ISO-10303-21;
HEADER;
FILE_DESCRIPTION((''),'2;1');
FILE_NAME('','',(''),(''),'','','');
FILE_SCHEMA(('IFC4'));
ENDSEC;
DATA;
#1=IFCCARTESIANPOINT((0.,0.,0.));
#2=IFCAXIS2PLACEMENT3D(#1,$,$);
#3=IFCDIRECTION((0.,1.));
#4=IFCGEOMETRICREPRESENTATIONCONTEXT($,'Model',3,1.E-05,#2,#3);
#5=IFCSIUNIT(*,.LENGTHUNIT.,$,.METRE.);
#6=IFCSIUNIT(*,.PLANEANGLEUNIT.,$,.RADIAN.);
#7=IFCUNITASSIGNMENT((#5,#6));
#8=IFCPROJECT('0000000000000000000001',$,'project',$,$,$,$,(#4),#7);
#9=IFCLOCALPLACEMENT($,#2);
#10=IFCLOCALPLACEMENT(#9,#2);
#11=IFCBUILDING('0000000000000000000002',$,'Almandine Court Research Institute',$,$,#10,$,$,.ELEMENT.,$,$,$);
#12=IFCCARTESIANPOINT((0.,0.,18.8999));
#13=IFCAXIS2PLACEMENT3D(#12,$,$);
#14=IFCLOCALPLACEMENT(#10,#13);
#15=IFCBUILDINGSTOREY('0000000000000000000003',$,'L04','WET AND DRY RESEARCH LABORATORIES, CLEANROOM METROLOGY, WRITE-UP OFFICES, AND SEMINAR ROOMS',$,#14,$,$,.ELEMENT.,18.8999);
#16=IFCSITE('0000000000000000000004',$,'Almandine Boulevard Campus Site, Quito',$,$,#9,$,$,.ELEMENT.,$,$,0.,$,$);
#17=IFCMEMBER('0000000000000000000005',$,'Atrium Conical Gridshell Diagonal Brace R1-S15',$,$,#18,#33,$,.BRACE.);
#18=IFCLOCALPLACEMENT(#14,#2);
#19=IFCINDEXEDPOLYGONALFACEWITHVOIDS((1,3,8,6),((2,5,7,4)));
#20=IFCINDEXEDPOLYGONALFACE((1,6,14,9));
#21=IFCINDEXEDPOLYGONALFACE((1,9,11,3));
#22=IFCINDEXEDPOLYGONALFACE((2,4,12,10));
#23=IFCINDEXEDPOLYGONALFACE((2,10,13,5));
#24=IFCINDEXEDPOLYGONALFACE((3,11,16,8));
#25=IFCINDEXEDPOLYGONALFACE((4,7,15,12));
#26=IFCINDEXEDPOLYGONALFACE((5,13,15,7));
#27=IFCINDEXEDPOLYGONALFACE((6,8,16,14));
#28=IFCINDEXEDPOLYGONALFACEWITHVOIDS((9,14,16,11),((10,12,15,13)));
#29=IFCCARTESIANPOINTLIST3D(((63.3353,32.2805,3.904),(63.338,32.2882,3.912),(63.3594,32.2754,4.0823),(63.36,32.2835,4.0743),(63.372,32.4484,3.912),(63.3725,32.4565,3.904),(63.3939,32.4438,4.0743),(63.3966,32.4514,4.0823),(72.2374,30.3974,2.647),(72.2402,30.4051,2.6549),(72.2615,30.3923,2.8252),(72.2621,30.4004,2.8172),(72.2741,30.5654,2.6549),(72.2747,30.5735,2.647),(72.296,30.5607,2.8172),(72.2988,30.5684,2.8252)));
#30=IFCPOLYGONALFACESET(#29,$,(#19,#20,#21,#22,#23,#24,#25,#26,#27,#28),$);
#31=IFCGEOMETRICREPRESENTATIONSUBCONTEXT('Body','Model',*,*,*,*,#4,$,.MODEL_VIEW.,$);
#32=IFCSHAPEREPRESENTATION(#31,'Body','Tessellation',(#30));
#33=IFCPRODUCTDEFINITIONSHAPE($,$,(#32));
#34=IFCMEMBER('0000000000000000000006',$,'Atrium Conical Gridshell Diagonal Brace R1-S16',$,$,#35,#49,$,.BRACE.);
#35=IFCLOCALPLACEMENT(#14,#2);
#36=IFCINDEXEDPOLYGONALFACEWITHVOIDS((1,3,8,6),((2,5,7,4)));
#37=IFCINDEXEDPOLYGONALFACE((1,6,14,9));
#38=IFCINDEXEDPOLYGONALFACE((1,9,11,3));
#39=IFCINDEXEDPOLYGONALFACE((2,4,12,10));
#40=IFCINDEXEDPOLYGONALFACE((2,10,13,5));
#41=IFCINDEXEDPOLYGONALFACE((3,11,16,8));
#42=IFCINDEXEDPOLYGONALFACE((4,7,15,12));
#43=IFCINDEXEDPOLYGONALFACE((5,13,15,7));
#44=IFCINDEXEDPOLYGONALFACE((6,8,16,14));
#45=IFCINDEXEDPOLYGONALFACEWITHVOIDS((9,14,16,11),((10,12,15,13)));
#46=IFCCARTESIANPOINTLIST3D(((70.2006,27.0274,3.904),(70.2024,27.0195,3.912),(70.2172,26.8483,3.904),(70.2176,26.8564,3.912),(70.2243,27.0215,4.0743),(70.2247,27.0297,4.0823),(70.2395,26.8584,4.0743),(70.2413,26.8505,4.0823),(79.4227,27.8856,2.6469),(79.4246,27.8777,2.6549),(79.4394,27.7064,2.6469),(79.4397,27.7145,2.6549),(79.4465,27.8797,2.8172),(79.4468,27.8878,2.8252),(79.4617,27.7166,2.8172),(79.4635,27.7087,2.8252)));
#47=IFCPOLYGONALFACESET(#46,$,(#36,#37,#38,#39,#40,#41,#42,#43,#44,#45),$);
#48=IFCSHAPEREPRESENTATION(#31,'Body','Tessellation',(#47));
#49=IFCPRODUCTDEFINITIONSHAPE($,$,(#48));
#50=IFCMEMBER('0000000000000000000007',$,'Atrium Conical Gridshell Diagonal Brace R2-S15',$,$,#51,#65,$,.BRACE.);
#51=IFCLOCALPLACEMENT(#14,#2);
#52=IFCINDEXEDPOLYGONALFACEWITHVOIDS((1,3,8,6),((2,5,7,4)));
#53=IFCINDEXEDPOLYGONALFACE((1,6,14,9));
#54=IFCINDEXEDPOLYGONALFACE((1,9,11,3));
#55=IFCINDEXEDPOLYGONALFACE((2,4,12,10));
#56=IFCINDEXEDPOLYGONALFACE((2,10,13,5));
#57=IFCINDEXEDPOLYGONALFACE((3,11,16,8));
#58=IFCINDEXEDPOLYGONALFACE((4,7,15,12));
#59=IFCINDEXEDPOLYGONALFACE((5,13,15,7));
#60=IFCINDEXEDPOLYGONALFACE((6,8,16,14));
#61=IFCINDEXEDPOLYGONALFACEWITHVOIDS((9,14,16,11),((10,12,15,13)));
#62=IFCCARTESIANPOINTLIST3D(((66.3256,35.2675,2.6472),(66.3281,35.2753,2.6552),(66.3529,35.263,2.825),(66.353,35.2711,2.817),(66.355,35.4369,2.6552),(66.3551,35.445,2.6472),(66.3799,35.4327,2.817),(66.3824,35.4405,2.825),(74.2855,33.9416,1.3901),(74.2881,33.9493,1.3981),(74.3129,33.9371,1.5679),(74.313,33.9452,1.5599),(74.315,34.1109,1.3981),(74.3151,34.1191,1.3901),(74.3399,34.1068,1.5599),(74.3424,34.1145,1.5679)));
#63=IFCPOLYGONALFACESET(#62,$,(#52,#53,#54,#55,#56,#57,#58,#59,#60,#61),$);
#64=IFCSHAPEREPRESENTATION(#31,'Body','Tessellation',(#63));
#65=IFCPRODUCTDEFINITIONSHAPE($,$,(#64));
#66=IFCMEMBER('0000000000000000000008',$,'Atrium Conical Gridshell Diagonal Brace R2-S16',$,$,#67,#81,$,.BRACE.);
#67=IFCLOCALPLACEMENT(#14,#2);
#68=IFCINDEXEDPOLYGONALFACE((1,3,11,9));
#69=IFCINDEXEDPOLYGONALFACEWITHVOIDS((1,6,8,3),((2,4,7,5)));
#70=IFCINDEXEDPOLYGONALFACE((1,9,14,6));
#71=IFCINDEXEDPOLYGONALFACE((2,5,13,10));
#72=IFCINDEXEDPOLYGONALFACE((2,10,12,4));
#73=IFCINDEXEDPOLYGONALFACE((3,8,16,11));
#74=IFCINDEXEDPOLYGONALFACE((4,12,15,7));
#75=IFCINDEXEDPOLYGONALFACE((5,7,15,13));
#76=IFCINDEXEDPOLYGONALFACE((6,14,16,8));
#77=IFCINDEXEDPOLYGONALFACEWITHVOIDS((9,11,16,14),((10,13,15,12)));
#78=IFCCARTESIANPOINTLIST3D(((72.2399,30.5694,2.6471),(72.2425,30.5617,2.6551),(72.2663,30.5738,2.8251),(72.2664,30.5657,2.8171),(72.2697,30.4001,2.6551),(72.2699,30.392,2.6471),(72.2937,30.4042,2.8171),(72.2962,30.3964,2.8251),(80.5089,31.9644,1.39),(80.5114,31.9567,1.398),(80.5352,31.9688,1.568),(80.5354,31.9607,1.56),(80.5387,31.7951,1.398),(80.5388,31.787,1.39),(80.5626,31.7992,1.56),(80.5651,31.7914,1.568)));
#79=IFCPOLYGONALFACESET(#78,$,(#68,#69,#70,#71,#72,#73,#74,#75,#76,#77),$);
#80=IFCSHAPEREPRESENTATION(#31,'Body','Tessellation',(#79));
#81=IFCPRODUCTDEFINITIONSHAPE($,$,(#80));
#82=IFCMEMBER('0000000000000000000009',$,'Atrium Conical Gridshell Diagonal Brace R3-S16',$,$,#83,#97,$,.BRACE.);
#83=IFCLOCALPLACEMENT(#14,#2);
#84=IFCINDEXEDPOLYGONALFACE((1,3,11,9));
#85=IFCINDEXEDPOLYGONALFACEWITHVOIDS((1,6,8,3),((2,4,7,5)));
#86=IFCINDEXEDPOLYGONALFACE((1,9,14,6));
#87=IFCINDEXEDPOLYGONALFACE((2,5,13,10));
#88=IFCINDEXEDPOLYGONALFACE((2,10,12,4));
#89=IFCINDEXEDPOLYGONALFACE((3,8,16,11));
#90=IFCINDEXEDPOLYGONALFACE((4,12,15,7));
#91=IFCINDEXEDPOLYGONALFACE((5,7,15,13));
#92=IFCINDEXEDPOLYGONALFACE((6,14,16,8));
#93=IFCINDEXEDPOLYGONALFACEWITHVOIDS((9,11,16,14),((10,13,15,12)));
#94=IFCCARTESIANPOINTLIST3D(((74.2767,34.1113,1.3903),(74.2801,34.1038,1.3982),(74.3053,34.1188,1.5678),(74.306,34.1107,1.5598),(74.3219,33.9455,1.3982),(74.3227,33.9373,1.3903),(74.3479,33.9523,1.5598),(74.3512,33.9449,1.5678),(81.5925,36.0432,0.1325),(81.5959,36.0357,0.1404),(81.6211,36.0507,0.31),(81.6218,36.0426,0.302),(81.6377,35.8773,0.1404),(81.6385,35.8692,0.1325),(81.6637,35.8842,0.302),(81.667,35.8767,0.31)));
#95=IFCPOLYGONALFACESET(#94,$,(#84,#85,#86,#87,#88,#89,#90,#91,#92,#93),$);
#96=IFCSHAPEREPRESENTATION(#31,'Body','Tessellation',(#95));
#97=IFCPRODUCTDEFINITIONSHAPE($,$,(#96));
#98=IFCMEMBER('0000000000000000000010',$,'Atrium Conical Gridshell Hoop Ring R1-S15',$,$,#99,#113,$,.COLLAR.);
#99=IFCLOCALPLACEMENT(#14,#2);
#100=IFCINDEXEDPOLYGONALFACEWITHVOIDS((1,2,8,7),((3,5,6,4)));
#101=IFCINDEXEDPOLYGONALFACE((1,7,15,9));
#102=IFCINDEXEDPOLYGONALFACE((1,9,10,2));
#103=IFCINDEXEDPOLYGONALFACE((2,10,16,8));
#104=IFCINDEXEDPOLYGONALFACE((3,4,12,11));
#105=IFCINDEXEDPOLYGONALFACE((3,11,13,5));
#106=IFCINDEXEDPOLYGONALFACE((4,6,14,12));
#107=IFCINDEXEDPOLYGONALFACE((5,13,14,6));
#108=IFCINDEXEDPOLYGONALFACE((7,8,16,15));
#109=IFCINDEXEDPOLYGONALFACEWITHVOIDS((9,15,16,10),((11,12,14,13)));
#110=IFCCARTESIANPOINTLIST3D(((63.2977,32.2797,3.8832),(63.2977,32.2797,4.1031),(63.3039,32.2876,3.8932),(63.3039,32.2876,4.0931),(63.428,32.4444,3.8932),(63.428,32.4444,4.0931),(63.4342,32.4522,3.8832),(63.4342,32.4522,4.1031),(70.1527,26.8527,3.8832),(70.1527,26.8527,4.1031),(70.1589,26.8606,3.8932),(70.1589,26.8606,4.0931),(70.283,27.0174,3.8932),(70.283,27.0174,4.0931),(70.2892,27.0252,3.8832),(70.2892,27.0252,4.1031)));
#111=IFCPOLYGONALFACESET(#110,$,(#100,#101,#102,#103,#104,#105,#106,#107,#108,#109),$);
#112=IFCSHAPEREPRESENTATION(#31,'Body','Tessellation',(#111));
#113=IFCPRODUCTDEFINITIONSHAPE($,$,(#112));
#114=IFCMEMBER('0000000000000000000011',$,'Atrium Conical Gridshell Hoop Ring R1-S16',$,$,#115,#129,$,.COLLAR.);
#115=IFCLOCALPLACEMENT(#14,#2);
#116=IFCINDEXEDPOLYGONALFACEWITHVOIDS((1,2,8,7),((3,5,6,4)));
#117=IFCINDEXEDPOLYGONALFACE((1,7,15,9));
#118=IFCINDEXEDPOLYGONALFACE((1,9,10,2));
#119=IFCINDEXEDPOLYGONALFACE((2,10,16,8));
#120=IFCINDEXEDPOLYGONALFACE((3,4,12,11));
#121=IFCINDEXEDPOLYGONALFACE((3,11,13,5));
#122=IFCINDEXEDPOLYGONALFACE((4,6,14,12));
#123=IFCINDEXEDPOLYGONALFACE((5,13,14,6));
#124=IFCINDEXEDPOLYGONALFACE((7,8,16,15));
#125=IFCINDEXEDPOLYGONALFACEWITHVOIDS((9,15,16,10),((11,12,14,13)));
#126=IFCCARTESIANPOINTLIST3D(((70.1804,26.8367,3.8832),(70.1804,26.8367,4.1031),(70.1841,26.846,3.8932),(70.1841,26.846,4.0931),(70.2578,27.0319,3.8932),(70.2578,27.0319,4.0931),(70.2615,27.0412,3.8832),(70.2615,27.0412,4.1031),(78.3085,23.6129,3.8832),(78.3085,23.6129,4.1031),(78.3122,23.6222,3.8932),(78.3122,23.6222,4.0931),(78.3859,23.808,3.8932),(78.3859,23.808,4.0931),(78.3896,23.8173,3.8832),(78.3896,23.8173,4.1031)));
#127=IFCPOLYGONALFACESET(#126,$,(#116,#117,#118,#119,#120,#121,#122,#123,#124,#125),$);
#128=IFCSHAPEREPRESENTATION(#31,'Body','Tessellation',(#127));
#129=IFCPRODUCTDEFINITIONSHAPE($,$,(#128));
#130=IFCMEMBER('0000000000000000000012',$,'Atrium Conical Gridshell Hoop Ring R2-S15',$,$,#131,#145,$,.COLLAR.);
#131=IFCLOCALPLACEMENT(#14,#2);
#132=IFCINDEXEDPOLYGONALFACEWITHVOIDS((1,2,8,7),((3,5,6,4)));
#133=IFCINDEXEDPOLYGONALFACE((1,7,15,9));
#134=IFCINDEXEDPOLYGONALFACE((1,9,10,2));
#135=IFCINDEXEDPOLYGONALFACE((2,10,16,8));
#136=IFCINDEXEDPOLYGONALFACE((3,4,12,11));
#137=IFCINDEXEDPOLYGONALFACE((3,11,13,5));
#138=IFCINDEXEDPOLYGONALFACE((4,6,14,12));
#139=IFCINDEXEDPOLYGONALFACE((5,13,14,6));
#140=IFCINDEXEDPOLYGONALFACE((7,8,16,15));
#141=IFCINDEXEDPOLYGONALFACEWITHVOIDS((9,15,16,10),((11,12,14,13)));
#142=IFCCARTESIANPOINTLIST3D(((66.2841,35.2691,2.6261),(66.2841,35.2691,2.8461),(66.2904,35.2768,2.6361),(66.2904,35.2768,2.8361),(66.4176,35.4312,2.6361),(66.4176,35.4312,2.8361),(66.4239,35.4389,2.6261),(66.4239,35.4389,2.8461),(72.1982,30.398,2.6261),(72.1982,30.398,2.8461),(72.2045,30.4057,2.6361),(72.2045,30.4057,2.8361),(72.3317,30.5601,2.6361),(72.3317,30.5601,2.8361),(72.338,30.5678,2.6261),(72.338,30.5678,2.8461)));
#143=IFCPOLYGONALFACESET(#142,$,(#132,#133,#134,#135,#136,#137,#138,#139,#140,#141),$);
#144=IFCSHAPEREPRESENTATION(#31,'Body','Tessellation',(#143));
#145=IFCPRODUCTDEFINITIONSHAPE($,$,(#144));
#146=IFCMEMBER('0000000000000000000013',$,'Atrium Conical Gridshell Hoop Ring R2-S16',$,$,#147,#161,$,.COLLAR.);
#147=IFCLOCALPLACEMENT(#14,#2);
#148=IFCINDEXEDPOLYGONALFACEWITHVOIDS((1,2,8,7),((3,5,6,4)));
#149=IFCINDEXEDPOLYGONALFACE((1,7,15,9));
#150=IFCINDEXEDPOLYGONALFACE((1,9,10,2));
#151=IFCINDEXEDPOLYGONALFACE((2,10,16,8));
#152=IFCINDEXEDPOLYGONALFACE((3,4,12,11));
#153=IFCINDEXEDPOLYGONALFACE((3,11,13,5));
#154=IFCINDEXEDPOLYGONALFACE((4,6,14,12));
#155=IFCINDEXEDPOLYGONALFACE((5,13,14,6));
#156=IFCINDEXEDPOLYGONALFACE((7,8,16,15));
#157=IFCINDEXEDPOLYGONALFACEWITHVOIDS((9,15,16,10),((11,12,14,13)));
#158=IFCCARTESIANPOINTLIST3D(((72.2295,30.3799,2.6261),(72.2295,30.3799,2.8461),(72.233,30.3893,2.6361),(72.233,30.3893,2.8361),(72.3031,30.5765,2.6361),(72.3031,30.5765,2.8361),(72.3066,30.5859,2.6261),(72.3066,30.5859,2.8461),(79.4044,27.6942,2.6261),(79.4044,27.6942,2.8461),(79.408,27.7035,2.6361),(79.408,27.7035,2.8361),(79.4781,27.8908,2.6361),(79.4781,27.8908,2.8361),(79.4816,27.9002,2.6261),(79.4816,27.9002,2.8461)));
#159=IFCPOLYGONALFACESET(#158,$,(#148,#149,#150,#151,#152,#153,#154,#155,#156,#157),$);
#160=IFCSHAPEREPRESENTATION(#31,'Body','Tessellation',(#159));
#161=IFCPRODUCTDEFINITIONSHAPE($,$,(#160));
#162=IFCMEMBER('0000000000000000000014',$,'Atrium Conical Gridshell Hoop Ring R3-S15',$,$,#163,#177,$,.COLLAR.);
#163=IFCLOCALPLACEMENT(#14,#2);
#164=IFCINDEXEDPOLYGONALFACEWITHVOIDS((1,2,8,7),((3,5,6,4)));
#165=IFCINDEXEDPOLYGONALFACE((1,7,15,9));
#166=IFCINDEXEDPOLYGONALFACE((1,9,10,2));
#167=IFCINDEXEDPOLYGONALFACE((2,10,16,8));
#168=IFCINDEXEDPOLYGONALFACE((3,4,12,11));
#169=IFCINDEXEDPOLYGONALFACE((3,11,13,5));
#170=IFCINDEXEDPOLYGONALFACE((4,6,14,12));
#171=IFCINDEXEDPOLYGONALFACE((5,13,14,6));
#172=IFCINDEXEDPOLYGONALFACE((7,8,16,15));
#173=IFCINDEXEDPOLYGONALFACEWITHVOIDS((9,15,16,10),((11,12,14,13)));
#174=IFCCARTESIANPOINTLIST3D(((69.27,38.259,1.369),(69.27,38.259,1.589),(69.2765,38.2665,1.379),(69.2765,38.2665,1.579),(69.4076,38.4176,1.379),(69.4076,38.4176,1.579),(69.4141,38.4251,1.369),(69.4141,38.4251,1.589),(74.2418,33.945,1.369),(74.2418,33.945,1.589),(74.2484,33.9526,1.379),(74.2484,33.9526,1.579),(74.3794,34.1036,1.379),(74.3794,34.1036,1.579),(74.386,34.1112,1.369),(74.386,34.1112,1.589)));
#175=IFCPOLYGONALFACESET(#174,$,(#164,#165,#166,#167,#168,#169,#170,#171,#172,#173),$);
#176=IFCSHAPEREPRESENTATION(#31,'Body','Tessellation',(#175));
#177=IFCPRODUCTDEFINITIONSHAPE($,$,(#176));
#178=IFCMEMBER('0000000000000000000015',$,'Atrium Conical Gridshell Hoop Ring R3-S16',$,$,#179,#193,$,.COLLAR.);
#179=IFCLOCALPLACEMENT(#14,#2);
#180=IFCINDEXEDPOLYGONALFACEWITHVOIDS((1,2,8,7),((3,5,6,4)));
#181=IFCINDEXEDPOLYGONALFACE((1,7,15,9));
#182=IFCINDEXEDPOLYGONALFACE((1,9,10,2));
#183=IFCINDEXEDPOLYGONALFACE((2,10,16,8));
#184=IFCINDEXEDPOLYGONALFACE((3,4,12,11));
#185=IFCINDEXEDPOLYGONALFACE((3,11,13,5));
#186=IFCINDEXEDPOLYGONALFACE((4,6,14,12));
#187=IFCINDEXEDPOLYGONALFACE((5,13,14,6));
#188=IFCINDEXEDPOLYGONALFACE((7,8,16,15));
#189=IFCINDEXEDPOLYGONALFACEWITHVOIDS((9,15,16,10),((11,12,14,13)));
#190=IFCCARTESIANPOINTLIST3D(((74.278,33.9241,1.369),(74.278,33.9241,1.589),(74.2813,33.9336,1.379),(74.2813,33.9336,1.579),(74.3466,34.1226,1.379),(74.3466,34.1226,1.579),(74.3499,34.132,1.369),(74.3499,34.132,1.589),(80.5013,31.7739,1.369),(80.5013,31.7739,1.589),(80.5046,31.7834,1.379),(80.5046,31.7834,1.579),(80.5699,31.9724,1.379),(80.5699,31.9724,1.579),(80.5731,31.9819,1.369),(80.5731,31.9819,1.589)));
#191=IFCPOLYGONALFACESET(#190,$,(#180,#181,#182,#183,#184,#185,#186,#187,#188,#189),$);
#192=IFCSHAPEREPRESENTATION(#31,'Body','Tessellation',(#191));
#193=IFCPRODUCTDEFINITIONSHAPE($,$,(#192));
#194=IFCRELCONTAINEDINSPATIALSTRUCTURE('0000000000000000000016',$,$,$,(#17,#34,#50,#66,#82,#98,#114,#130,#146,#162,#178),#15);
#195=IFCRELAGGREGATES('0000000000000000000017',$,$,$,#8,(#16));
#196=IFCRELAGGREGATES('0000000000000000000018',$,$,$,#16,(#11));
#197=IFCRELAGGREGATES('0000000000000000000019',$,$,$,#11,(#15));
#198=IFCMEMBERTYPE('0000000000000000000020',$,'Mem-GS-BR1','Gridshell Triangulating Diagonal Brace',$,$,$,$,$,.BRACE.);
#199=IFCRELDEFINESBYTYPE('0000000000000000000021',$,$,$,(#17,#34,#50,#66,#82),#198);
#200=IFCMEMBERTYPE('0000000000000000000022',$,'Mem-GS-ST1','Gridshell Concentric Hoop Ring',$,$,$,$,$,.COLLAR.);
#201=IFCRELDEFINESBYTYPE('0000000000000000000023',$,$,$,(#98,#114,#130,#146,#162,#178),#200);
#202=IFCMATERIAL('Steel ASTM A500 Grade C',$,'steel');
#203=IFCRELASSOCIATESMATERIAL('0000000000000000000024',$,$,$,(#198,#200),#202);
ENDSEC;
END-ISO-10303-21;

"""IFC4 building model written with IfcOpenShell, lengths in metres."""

from ifc_helpers import new_model, si_unit, direction, frame, origin, origin_2d, place, context, subcontext, project, spatial, hollow_rectangle, extrude, material, material_profile, profile_set, type_object, element, save


model = new_model("IFC4")

# Units and contexts
model_context = context("Model", 3, precision=1e-05, world=origin(), true_north=direction((0.0, 1.0)))
body_context = subcontext(model_context, "Body", "Model", "MODEL_VIEW")
ifc_project = project(units=[si_unit("LENGTHUNIT", "METRE"), si_unit("PLANEANGLEUNIT", "RADIAN")], contexts=[model_context])

# Site, building, storey
site_placement = place(None, origin())
site = spatial("IfcSite", under=ifc_project, at=site_placement, Name="Almandine Boulevard Campus Site, Quito", CompositionType="ELEMENT", RefElevation=0.0)
building_placement = place(site_placement, origin())
building = spatial("IfcBuilding", under=site, at=building_placement, Name="Almandine Court Research Institute", CompositionType="ELEMENT")
storey_placement = place(building_placement, frame((0.0, 0.0, 18.8999)))
storey = spatial("IfcBuildingStorey", under=building, at=storey_placement, Name="L04", Description="WET AND DRY RESEARCH LABORATORIES, CLEANROOM METROLOGY, WRITE-UP OFFICES, AND SEMINAR ROOMS", CompositionType="ELEMENT", Elevation=18.8999)

# Shared definitions
ifc_material_1 = material(Name="Steel ASTM A500 Grade C", Category="steel")

# Members
ifc_material_profile_1 = material_profile(ifc_material_1, hollow_rectangle(XDim=0.1799, YDim=0.1799, WallThickness=0.0081, at=origin_2d()), Name="HSS 180x180x8")
ifc_profile_set_1 = profile_set([ifc_material_profile_1], Name="Steel ASTM A500 Grade C")
member_type_1 = type_object("IfcMemberType", Name="Mem-GS-BR1", Description="Gridshell Triangulating Diagonal Brace", PredefinedType="BRACE", material=ifc_profile_set_1)
member_1_placement = place(storey_placement, frame((63.366, 32.366, 3.9932), z_axis=(0.969146, -0.205003, -0.136855), x_axis=(0.20695, 0.978351, 0.0)))
element("IfcMember", 1, at=member_1_placement, inside=storey, type_object=member_type_1, Name="Atrium Conical Gridshell Diagonal Brace R1-S15", PredefinedType="BRACE", context=body_context, shape_type="SweptSolid", body=[
    extrude(hollow_rectangle(XDim=0.1799, YDim=0.1799, WallThickness=0.0081, at=origin_2d()), origin(), (0.0, 0.0, 1.0), 9.1855),
])
member_2_placement = place(storey_placement, frame((70.2209, 26.939, 3.9932), z_axis=(0.986652, 0.091811, -0.134491), x_axis=(-0.092653, 0.995698, 0.0)))
element("IfcMember", 2, at=member_2_placement, inside=storey, type_object=member_type_1, Name="Atrium Conical Gridshell Diagonal Brace R1-S16", PredefinedType="BRACE", context=body_context, shape_type="SweptSolid", body=[
    extrude(hollow_rectangle(XDim=0.1799, YDim=0.1799, WallThickness=0.0081, at=origin_2d()), origin(), (0.0, 0.0, 1.0), 9.3469),
])
member_3_placement = place(storey_placement, frame((66.354, 35.354, 2.7361), z_axis=(0.974654, -0.162353, -0.153923), x_axis=(0.164311, 0.986409, 0.0)))
element("IfcMember", 3, at=member_3_placement, inside=storey, type_object=member_type_1, Name="Atrium Conical Gridshell Diagonal Brace R2-S15", PredefinedType="BRACE", context=body_context, shape_type="SweptSolid", body=[
    extrude(hollow_rectangle(XDim=0.1799, YDim=0.1799, WallThickness=0.0081, at=origin_2d()), origin(), (0.0, 0.0, 1.0), 8.167),
])
member_4_placement = place(storey_placement, frame((72.2681, 30.4829, 2.7361), z_axis=(0.97517, 0.164515, -0.148248), x_axis=(-0.166353, 0.986066, 0.0)))
element("IfcMember", 4, at=member_4_placement, inside=storey, type_object=member_type_1, Name="Atrium Conical Gridshell Diagonal Brace R2-S16", PredefinedType="BRACE", context=body_context, shape_type="SweptSolid", body=[
    extrude(hollow_rectangle(XDim=0.1799, YDim=0.1799, WallThickness=0.0081, at=origin_2d()), origin(), (0.0, 0.0, 1.0), 8.4795),
])
member_5_placement = place(storey_placement, frame((74.314, 34.0281, 1.479), z_axis=(0.95377, 0.251858, -0.16398), x_axis=(-0.255314, 0.966858, 0.0)))
element("IfcMember", 5, at=member_5_placement, inside=storey, type_object=member_type_1, Name="Atrium Conical Gridshell Diagonal Brace R3-S16", PredefinedType="BRACE", context=body_context, shape_type="SweptSolid", body=[
    extrude(hollow_rectangle(XDim=0.1799, YDim=0.1799, WallThickness=0.0081, at=origin_2d()), origin(), (0.0, 0.0, 1.0), 7.6704),
])
ifc_material_profile_2 = material_profile(ifc_material_1, hollow_rectangle(XDim=0.22, YDim=0.22, WallThickness=0.01, at=origin_2d()), Name="HSS 220x220x10")
ifc_profile_set_2 = profile_set([ifc_material_profile_2], Name="Steel ASTM A500 Grade C")
member_type_2 = type_object("IfcMemberType", Name="Mem-GS-ST1", Description="Gridshell Concentric Hoop Ring", PredefinedType="COLLAR", material=ifc_profile_set_2)
member_6_placement = place(storey_placement, frame((63.366, 32.366, 3.9932), z_axis=(0.784038, -0.620713, 0.0), x_axis=(0.620713, 0.784038, 0.0)))
element("IfcMember", 6, at=member_6_placement, inside=storey, type_object=member_type_2, Name="Atrium Conical Gridshell Hoop Ring R1-S15", PredefinedType="COLLAR", context=body_context, shape_type="SweptSolid", body=[
    extrude(hollow_rectangle(XDim=0.22, YDim=0.22, WallThickness=0.01, at=origin_2d()), origin(), (0.0, 0.0, 1.0), 8.7432),
])
member_7_placement = place(storey_placement, frame((70.2209, 26.939, 3.9932), z_axis=(0.929553, -0.368689, 0.0), x_axis=(0.368689, 0.929553, 0.0)))
element("IfcMember", 7, at=member_7_placement, inside=storey, type_object=member_type_2, Name="Atrium Conical Gridshell Hoop Ring R1-S16", PredefinedType="COLLAR", context=body_context, shape_type="SweptSolid", body=[
    extrude(hollow_rectangle(XDim=0.22, YDim=0.22, WallThickness=0.01, at=origin_2d()), origin(), (0.0, 0.0, 1.0), 8.7441),
])
member_8_placement = place(storey_placement, frame((66.354, 35.354, 2.7361), z_axis=(0.771886, -0.635761, 0.0), x_axis=(0.635761, 0.771886, 0.0)))
element("IfcMember", 8, at=member_8_placement, inside=storey, type_object=member_type_2, Name="Atrium Conical Gridshell Hoop Ring R2-S15", PredefinedType="COLLAR", context=body_context, shape_type="SweptSolid", body=[
    extrude(hollow_rectangle(XDim=0.22, YDim=0.22, WallThickness=0.01, at=origin_2d()), origin(), (0.0, 0.0, 1.0), 7.6619),
])
member_9_placement = place(storey_placement, frame((72.2681, 30.4829, 2.7361), z_axis=(0.936537, -0.350568, 0.0), x_axis=(0.350568, 0.936537, 0.0)))
element("IfcMember", 9, at=member_9_placement, inside=storey, type_object=member_type_2, Name="Atrium Conical Gridshell Hoop Ring R2-S16", PredefinedType="COLLAR", context=body_context, shape_type="SweptSolid", body=[
    extrude(hollow_rectangle(XDim=0.22, YDim=0.22, WallThickness=0.01, at=origin_2d()), origin(), (0.0, 0.0, 1.0), 7.6611),
])
member_10_placement = place(storey_placement, frame((69.342, 38.342, 1.479), z_axis=(0.755316, -0.655361, 0.0), x_axis=(0.655361, 0.755316, 0.0)))
element("IfcMember", 10, at=member_10_placement, inside=storey, type_object=member_type_2, Name="Atrium Conical Gridshell Hoop Ring R3-S15", PredefinedType="COLLAR", context=body_context, shape_type="SweptSolid", body=[
    extrude(hollow_rectangle(XDim=0.22, YDim=0.22, WallThickness=0.01, at=origin_2d()), origin(), (0.0, 0.0, 1.0), 6.5825),
])
member_11_placement = place(storey_placement, frame((74.314, 34.0281, 1.479), z_axis=(0.945175, -0.326565, 0.0), x_axis=(0.326565, 0.945175, 0.0)))
element("IfcMember", 11, at=member_11_placement, inside=storey, type_object=member_type_2, Name="Atrium Conical Gridshell Hoop Ring R3-S16", PredefinedType="COLLAR", context=body_context, shape_type="SweptSolid", body=[
    extrude(hollow_rectangle(XDim=0.22, YDim=0.22, WallThickness=0.01, at=origin_2d()), origin(), (0.0, 0.0, 1.0), 6.5842),
])

save(model, "model.ifc")
